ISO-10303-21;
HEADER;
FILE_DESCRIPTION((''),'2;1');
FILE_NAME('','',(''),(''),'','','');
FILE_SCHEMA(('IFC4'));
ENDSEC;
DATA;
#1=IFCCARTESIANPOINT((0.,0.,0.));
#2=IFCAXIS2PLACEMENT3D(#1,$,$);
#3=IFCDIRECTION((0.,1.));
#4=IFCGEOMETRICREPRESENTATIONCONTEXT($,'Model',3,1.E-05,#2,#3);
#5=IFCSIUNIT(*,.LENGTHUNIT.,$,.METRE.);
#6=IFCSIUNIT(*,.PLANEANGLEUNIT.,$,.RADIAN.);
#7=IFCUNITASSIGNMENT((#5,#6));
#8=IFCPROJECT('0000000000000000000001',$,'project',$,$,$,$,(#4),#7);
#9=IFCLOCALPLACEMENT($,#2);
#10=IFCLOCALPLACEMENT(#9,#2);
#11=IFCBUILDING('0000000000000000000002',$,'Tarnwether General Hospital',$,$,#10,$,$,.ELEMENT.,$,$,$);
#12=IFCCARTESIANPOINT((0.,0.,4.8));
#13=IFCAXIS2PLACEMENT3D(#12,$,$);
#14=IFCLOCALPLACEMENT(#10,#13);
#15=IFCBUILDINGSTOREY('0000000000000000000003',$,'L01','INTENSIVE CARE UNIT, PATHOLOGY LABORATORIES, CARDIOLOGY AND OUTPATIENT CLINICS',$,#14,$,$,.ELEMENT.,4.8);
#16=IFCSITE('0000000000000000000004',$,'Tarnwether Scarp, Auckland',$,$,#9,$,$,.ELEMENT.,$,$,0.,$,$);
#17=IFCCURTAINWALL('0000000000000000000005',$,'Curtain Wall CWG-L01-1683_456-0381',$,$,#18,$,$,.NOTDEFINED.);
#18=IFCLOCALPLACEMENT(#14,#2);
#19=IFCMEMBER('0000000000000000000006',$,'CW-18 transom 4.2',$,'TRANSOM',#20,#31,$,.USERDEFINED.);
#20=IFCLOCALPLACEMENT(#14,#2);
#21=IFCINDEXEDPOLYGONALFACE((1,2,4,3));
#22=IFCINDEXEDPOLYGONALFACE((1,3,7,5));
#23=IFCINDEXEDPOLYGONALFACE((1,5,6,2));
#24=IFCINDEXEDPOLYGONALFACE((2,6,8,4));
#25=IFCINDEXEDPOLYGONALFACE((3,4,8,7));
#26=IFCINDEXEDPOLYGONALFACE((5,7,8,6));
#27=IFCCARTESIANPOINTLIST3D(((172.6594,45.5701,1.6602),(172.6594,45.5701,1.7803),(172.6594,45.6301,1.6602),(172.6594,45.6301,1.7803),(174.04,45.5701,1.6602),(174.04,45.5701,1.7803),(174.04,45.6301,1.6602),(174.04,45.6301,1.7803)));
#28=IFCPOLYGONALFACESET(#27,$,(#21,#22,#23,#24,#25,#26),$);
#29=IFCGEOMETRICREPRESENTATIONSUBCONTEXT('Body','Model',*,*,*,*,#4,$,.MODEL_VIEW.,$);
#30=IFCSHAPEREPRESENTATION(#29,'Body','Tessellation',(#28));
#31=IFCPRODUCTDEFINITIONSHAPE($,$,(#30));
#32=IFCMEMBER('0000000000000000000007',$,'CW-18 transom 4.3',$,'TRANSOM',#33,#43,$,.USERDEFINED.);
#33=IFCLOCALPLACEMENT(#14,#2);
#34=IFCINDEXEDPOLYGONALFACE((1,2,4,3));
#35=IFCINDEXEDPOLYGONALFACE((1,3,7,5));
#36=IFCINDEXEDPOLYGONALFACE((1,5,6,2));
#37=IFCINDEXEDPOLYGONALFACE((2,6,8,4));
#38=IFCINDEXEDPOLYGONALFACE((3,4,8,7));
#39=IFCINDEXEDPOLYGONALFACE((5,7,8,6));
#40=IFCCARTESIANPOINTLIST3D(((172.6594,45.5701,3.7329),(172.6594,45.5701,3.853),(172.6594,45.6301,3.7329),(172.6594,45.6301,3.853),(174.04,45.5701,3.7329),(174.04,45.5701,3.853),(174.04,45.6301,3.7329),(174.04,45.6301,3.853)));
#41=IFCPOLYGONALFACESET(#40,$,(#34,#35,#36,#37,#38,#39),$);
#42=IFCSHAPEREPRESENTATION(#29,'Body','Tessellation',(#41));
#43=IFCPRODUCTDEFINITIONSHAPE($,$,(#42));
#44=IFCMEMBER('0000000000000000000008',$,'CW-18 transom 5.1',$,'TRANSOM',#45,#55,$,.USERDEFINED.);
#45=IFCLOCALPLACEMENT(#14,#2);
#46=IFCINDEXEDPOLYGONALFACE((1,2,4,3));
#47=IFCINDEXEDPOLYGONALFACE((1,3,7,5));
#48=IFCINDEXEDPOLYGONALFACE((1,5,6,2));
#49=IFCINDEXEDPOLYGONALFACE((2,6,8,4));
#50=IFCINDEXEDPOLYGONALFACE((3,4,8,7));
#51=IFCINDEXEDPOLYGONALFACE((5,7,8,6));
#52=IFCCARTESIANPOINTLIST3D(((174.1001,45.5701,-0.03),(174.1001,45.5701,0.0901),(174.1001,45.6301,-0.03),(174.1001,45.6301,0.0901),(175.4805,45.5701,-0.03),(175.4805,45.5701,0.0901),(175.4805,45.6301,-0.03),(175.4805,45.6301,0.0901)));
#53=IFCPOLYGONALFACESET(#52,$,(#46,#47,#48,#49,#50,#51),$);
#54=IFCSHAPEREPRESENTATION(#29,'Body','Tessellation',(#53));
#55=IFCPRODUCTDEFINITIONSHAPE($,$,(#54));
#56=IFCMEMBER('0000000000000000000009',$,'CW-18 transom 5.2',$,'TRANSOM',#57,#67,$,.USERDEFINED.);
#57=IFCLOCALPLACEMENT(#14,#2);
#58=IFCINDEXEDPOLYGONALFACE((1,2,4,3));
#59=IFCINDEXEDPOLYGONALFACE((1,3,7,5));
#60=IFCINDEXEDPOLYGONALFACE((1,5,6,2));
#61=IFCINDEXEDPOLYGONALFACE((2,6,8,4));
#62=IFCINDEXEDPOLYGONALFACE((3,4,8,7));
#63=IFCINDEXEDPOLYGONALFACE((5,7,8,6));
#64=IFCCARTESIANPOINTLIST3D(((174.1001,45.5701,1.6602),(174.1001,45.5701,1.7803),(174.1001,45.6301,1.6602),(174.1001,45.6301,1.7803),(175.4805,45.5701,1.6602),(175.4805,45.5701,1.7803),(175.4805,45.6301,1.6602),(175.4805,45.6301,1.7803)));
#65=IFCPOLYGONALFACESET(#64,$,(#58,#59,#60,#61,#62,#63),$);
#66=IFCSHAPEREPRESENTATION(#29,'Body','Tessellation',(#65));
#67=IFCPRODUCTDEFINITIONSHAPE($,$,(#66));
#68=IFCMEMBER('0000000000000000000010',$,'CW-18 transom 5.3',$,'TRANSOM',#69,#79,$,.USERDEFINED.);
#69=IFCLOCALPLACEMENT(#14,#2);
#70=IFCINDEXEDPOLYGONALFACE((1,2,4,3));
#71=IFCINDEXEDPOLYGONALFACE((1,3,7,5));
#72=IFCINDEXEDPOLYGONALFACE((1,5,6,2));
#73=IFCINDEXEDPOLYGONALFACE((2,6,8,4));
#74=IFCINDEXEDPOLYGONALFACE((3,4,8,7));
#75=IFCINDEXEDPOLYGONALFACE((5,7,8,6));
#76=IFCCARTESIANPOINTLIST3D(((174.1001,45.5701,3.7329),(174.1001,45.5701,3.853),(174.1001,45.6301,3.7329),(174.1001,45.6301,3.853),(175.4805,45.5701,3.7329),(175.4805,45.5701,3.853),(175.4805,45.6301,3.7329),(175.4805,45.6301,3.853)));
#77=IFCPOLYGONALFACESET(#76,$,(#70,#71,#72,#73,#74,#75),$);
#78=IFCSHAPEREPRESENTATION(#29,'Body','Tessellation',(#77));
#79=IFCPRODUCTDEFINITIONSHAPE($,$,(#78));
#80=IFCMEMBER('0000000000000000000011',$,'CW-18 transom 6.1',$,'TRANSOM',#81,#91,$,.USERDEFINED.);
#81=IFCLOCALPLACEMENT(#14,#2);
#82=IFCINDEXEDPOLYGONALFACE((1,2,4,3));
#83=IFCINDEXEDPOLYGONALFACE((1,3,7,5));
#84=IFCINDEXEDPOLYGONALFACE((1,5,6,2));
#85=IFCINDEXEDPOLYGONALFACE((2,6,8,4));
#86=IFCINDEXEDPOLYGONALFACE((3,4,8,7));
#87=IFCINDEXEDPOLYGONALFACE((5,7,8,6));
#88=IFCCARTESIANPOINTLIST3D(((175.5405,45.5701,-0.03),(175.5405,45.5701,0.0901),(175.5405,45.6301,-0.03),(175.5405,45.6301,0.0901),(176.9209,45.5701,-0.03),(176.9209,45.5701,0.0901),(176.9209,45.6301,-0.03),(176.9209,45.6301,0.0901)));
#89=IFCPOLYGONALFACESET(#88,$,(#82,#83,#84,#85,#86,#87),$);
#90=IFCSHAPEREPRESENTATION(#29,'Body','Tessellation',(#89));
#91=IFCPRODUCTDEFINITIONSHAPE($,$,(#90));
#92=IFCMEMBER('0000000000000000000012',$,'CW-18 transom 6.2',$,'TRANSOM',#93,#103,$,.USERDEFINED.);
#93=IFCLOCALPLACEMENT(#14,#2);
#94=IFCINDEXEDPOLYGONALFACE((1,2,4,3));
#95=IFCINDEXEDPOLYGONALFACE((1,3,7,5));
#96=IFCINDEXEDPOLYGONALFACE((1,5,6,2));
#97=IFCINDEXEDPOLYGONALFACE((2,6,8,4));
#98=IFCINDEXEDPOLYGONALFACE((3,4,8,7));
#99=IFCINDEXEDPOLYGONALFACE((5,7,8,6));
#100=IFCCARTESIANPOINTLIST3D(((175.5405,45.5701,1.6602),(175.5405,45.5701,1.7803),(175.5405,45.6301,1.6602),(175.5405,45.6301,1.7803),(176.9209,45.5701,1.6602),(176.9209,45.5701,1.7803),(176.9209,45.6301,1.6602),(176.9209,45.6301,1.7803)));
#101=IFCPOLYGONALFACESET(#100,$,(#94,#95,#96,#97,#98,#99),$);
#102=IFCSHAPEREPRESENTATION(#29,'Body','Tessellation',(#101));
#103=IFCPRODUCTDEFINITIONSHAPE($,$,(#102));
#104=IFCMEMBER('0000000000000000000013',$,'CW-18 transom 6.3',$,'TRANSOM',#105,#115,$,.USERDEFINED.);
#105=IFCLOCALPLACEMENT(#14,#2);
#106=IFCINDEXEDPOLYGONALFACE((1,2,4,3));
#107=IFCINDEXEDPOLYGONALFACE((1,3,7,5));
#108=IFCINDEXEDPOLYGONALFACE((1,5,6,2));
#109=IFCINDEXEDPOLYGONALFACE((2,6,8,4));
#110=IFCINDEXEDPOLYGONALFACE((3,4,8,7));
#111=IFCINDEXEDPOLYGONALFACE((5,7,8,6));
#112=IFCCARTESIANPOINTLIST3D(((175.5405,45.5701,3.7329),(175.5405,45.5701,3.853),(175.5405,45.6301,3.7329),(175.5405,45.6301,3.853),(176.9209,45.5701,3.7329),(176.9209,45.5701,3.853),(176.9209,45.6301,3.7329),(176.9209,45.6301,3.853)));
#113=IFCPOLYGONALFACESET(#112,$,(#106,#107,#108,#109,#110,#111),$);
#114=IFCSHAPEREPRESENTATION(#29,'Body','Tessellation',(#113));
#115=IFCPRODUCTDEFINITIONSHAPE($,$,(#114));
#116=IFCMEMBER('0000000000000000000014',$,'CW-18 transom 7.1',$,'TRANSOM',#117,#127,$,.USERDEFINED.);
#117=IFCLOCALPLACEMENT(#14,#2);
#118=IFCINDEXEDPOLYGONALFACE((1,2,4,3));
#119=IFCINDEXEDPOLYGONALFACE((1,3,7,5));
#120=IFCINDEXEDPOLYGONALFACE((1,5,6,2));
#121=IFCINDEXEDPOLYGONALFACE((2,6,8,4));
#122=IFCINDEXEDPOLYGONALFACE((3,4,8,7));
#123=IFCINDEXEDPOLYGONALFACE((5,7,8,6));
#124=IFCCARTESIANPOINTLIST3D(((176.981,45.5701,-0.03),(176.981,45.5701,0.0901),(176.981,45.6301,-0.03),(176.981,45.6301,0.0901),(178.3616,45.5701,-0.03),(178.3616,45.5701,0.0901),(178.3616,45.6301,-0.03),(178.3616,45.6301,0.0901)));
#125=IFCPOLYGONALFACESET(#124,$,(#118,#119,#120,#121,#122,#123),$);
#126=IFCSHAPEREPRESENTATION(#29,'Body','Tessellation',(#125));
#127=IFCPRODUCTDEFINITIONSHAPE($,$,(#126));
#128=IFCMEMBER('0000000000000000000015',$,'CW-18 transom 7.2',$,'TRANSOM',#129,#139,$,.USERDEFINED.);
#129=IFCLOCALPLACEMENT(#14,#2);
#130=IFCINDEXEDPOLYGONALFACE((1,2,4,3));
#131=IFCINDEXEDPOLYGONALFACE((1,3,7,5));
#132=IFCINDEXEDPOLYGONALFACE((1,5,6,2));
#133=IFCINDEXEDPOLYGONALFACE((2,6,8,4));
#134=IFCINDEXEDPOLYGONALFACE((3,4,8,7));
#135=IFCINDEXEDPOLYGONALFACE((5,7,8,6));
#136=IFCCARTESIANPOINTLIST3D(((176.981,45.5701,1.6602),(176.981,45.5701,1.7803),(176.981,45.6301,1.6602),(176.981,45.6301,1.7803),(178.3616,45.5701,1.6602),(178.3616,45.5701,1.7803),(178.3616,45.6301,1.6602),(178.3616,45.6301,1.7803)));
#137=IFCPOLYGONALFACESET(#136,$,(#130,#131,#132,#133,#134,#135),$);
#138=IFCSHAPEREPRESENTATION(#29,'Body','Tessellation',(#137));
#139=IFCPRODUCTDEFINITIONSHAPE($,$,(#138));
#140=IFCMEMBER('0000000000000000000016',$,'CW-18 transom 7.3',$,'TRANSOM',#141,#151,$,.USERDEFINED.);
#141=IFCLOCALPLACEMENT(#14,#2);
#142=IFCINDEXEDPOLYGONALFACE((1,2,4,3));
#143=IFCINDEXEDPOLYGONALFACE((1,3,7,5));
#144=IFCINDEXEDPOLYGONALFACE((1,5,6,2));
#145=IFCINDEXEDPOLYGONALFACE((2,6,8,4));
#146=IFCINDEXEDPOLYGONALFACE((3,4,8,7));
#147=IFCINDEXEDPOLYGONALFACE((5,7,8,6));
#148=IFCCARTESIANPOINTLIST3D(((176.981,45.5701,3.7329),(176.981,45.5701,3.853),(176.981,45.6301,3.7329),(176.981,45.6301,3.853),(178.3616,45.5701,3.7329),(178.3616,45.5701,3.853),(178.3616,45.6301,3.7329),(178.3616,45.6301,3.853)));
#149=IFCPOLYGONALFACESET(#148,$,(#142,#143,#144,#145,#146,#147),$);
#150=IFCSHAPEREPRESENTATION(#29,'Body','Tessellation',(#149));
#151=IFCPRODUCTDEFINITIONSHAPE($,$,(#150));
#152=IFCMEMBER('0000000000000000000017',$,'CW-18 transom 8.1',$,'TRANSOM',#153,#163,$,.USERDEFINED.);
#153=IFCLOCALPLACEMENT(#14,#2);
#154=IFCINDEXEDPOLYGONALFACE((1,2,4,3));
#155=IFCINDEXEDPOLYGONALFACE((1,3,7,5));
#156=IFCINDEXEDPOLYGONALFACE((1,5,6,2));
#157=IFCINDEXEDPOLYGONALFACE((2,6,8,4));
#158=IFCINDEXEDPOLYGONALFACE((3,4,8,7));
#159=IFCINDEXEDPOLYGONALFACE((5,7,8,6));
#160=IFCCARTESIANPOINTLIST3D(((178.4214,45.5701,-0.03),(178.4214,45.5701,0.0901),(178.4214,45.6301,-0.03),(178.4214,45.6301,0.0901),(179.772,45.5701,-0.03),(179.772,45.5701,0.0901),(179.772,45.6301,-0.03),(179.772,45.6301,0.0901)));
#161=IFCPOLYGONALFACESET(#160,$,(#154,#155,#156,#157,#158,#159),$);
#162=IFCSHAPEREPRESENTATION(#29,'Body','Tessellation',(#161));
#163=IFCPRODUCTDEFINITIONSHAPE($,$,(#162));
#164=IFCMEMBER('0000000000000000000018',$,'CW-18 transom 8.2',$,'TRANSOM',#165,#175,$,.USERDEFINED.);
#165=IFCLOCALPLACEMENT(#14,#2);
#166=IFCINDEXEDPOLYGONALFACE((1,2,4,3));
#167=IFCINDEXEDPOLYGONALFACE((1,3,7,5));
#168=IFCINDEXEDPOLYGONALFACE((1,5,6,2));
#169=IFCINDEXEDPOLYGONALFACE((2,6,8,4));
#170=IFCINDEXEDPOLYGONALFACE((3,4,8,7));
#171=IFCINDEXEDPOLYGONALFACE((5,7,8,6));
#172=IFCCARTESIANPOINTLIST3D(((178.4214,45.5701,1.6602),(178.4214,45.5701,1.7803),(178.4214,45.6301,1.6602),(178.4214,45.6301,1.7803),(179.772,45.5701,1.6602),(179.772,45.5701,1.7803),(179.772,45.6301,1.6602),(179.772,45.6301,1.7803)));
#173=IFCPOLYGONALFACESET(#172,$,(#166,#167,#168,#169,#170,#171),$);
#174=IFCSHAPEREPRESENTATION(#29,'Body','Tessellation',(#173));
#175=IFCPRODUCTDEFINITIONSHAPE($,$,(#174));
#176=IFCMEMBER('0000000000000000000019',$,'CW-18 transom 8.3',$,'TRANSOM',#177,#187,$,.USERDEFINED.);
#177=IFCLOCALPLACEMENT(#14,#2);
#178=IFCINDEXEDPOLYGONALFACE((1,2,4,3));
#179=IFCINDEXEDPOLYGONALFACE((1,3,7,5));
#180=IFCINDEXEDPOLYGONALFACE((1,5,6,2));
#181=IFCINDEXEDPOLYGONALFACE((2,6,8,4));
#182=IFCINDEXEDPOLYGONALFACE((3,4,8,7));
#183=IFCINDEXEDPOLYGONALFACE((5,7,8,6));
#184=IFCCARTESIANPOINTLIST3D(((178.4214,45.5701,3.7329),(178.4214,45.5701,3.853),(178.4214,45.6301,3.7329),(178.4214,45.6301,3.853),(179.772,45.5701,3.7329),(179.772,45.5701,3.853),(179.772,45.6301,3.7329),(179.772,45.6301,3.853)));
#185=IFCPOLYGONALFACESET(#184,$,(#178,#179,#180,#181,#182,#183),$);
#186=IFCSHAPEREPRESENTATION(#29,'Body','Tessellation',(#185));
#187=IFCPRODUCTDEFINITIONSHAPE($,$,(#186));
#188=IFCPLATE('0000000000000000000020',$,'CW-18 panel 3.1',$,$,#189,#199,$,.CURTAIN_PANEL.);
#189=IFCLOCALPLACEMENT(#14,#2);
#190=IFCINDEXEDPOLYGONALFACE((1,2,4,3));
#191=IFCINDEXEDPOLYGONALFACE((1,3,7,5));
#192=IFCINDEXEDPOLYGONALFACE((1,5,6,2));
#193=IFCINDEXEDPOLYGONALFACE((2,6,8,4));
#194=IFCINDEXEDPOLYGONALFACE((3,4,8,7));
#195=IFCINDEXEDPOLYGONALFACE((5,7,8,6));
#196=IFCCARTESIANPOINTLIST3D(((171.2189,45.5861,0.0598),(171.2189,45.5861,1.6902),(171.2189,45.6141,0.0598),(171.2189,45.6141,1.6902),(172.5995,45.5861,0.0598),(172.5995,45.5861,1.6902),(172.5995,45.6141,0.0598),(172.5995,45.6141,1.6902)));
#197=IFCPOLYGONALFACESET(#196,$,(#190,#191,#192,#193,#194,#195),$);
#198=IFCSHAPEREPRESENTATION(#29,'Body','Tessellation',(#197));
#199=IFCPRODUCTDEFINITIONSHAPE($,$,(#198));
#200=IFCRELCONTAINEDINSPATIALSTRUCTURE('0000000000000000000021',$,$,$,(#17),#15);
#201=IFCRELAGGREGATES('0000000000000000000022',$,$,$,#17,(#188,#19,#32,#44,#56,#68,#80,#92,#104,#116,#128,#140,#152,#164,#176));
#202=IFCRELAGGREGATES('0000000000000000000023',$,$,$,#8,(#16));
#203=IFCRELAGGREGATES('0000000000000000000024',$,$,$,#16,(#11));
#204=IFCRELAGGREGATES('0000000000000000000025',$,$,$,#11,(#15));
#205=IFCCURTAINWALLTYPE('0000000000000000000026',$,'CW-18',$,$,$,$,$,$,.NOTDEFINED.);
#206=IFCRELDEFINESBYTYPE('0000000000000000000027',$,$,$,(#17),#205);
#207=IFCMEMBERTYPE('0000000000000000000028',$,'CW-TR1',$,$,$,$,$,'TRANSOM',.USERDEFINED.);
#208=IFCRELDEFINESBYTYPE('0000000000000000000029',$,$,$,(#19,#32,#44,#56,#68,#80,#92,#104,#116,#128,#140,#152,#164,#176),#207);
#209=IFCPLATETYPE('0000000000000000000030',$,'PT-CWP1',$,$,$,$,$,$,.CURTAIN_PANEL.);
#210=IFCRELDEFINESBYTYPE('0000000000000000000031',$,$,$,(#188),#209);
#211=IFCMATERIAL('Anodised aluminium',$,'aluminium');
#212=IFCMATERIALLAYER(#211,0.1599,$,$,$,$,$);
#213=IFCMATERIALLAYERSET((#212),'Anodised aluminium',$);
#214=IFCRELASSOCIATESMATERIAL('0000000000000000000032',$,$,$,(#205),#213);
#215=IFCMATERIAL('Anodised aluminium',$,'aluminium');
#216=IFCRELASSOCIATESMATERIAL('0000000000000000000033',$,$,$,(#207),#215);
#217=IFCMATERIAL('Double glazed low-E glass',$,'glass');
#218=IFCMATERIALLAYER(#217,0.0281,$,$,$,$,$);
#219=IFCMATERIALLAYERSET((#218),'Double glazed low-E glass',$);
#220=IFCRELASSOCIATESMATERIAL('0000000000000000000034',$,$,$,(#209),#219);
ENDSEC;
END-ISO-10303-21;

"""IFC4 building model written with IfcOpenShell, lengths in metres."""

from ifc_helpers import new_model, si_unit, direction, frame, origin, origin_2d, place, context, subcontext, project, spatial, rectangle, extrude, material, layer, layer_set, material_profile, profile_set, type_object, element, aggregate, save


model = new_model("IFC4")

# Units and contexts
model_context = context("Model", 3, precision=1e-05, world=origin(), true_north=direction((0.0, 1.0)))
body_context = subcontext(model_context, "Body", "Model", "MODEL_VIEW")
ifc_project = project(units=[si_unit("LENGTHUNIT", "METRE"), si_unit("PLANEANGLEUNIT", "RADIAN")], contexts=[model_context])

# Site, building, storey
site_placement = place(None, origin())
site = spatial("IfcSite", under=ifc_project, at=site_placement, Name="Tarnwether Scarp, Auckland", CompositionType="ELEMENT", RefElevation=0.0)
building_placement = place(site_placement, origin())
building = spatial("IfcBuilding", under=site, at=building_placement, Name="Tarnwether General Hospital", CompositionType="ELEMENT")
storey_placement = place(building_placement, frame((0.0, 0.0, 4.8)))
storey = spatial("IfcBuildingStorey", under=building, at=storey_placement, Name="L01", Description="INTENSIVE CARE UNIT, PATHOLOGY LABORATORIES, CARDIOLOGY AND OUTPATIENT CLINICS", CompositionType="ELEMENT", Elevation=4.8)

# Curtain wall, members, plate
ifc_material_1 = material(Name="Anodised aluminium", Category="aluminium")
ifc_layer_1 = layer(ifc_material_1, 0.1599)
ifc_layer_set_1 = layer_set([ifc_layer_1], Name="Anodised aluminium")
curtain_wall_type = type_object("IfcCurtainWallType", Name="CW-18", PredefinedType="NOTDEFINED", material=ifc_layer_set_1)
curtain_wall_placement = place(storey_placement, origin())
curtain_wall = element("IfcCurtainWall", 1, at=curtain_wall_placement, inside=storey, type_object=curtain_wall_type, Name="Curtain Wall CWG-L01-1683_456-0381", PredefinedType="NOTDEFINED")
ifc_material_2 = material(Name="Anodised aluminium", Category="aluminium")
ifc_material_profile_1 = material_profile(ifc_material_2, rectangle(XDim=0.0601, YDim=0.1201, at=origin_2d()), Name="ALU-TRN-60x120")
ifc_profile_set_1 = profile_set([ifc_material_profile_1], Name="Anodised aluminium")
member_type_1 = type_object("IfcMemberType", Name="CW-TR1", ElementType="TRANSOM", PredefinedType="USERDEFINED", material=ifc_profile_set_1)
member_1_placement = place(storey_placement, frame((172.6594, 45.6001, 1.7202), z_axis=(1.0, 0.0, 0.0), x_axis=(0.0, 1.0, 0.0)))
member_1 = element("IfcMember", 2, at=member_1_placement, type_object=member_type_1, Name="CW-18 transom 4.2", ObjectType="TRANSOM", PredefinedType="USERDEFINED", context=body_context, shape_type="SweptSolid", body=[
    extrude(rectangle(XDim=0.0601, YDim=0.1201, at=origin_2d()), origin(), (0.0, 0.0, 1.0), 1.3806),
])
member_2_placement = place(storey_placement, frame((172.6594, 45.6001, 3.793), z_axis=(1.0, 0.0, 0.0), x_axis=(0.0, 1.0, 0.0)))
member_2 = element("IfcMember", 3, at=member_2_placement, type_object=member_type_1, Name="CW-18 transom 4.3", ObjectType="TRANSOM", PredefinedType="USERDEFINED", context=body_context, shape_type="SweptSolid", body=[
    extrude(rectangle(XDim=0.0601, YDim=0.1201, at=origin_2d()), origin(), (0.0, 0.0, 1.0), 1.3806),
])
member_3_placement = place(storey_placement, frame((174.1001, 45.6001, 0.03), z_axis=(1.0, 0.0, 0.0), x_axis=(0.0, 1.0, 0.0)))
member_3 = element("IfcMember", 4, at=member_3_placement, type_object=member_type_1, Name="CW-18 transom 5.1", ObjectType="TRANSOM", PredefinedType="USERDEFINED", context=body_context, shape_type="SweptSolid", body=[
    extrude(rectangle(XDim=0.0601, YDim=0.1201, at=origin_2d()), origin(), (0.0, 0.0, 1.0), 1.3804),
])
member_4_placement = place(storey_placement, frame((174.1001, 45.6001, 1.7202), z_axis=(1.0, 0.0, 0.0), x_axis=(0.0, 1.0, 0.0)))
member_4 = element("IfcMember", 5, at=member_4_placement, type_object=member_type_1, Name="CW-18 transom 5.2", ObjectType="TRANSOM", PredefinedType="USERDEFINED", context=body_context, shape_type="SweptSolid", body=[
    extrude(rectangle(XDim=0.0601, YDim=0.1201, at=origin_2d()), origin(), (0.0, 0.0, 1.0), 1.3804),
])
member_5_placement = place(storey_placement, frame((174.1001, 45.6001, 3.793), z_axis=(1.0, 0.0, 0.0), x_axis=(0.0, 1.0, 0.0)))
member_5 = element("IfcMember", 6, at=member_5_placement, type_object=member_type_1, Name="CW-18 transom 5.3", ObjectType="TRANSOM", PredefinedType="USERDEFINED", context=body_context, shape_type="SweptSolid", body=[
    extrude(rectangle(XDim=0.0601, YDim=0.1201, at=origin_2d()), origin(), (0.0, 0.0, 1.0), 1.3804),
])
member_6_placement = place(storey_placement, frame((175.5405, 45.6001, 0.03), z_axis=(1.0, 0.0, 0.0), x_axis=(0.0, 1.0, 0.0)))
member_6 = element("IfcMember", 7, at=member_6_placement, type_object=member_type_1, Name="CW-18 transom 6.1", ObjectType="TRANSOM", PredefinedType="USERDEFINED", context=body_context, shape_type="SweptSolid", body=[
    extrude(rectangle(XDim=0.0601, YDim=0.1201, at=origin_2d()), origin(), (0.0, 0.0, 1.0), 1.3804),
])
member_7_placement = place(storey_placement, frame((175.5405, 45.6001, 1.7202), z_axis=(1.0, 0.0, 0.0), x_axis=(0.0, 1.0, 0.0)))
member_7 = element("IfcMember", 8, at=member_7_placement, type_object=member_type_1, Name="CW-18 transom 6.2", ObjectType="TRANSOM", PredefinedType="USERDEFINED", context=body_context, shape_type="SweptSolid", body=[
    extrude(rectangle(XDim=0.0601, YDim=0.1201, at=origin_2d()), origin(), (0.0, 0.0, 1.0), 1.3804),
])
member_8_placement = place(storey_placement, frame((175.5405, 45.6001, 3.793), z_axis=(1.0, 0.0, 0.0), x_axis=(0.0, 1.0, 0.0)))
member_8 = element("IfcMember", 9, at=member_8_placement, type_object=member_type_1, Name="CW-18 transom 6.3", ObjectType="TRANSOM", PredefinedType="USERDEFINED", context=body_context, shape_type="SweptSolid", body=[
    extrude(rectangle(XDim=0.0601, YDim=0.1201, at=origin_2d()), origin(), (0.0, 0.0, 1.0), 1.3804),
])
member_9_placement = place(storey_placement, frame((176.981, 45.6001, 0.03), z_axis=(1.0, 0.0, 0.0), x_axis=(0.0, 1.0, 0.0)))
member_9 = element("IfcMember", 10, at=member_9_placement, type_object=member_type_1, Name="CW-18 transom 7.1", ObjectType="TRANSOM", PredefinedType="USERDEFINED", context=body_context, shape_type="SweptSolid", body=[
    extrude(rectangle(XDim=0.0601, YDim=0.1201, at=origin_2d()), origin(), (0.0, 0.0, 1.0), 1.3806),
])
member_10_placement = place(storey_placement, frame((176.981, 45.6001, 1.7202), z_axis=(1.0, 0.0, 0.0), x_axis=(0.0, 1.0, 0.0)))
member_10 = element("IfcMember", 11, at=member_10_placement, type_object=member_type_1, Name="CW-18 transom 7.2", ObjectType="TRANSOM", PredefinedType="USERDEFINED", context=body_context, shape_type="SweptSolid", body=[
    extrude(rectangle(XDim=0.0601, YDim=0.1201, at=origin_2d()), origin(), (0.0, 0.0, 1.0), 1.3806),
])
member_11_placement = place(storey_placement, frame((176.981, 45.6001, 3.793), z_axis=(1.0, 0.0, 0.0), x_axis=(0.0, 1.0, 0.0)))
member_11 = element("IfcMember", 12, at=member_11_placement, type_object=member_type_1, Name="CW-18 transom 7.3", ObjectType="TRANSOM", PredefinedType="USERDEFINED", context=body_context, shape_type="SweptSolid", body=[
    extrude(rectangle(XDim=0.0601, YDim=0.1201, at=origin_2d()), origin(), (0.0, 0.0, 1.0), 1.3806),
])
member_12_placement = place(storey_placement, frame((178.4214, 45.6001, 0.03), z_axis=(1.0, 0.0, 0.0), x_axis=(0.0, 1.0, 0.0)))
member_12 = element("IfcMember", 13, at=member_12_placement, type_object=member_type_1, Name="CW-18 transom 8.1", ObjectType="TRANSOM", PredefinedType="USERDEFINED", context=body_context, shape_type="SweptSolid", body=[
    extrude(rectangle(XDim=0.0601, YDim=0.1201, at=origin_2d()), origin(), (0.0, 0.0, 1.0), 1.3506),
])
member_13_placement = place(storey_placement, frame((178.4214, 45.6001, 1.7202), z_axis=(1.0, 0.0, 0.0), x_axis=(0.0, 1.0, 0.0)))
member_13 = element("IfcMember", 14, at=member_13_placement, type_object=member_type_1, Name="CW-18 transom 8.2", ObjectType="TRANSOM", PredefinedType="USERDEFINED", context=body_context, shape_type="SweptSolid", body=[
    extrude(rectangle(XDim=0.0601, YDim=0.1201, at=origin_2d()), origin(), (0.0, 0.0, 1.0), 1.3506),
])
member_14_placement = place(storey_placement, frame((178.4214, 45.6001, 3.793), z_axis=(1.0, 0.0, 0.0), x_axis=(0.0, 1.0, 0.0)))
member_14 = element("IfcMember", 15, at=member_14_placement, type_object=member_type_1, Name="CW-18 transom 8.3", ObjectType="TRANSOM", PredefinedType="USERDEFINED", context=body_context, shape_type="SweptSolid", body=[
    extrude(rectangle(XDim=0.0601, YDim=0.1201, at=origin_2d()), origin(), (0.0, 0.0, 1.0), 1.3506),
])
ifc_material_3 = material(Name="Double glazed low-E glass", Category="glass")
ifc_layer_2 = layer(ifc_material_3, 0.0281)
ifc_layer_set_2 = layer_set([ifc_layer_2], Name="Double glazed low-E glass")
plate_type = type_object("IfcPlateType", Name="PT-CWP1", PredefinedType="CURTAIN_PANEL", material=ifc_layer_set_2)
plate_1_placement = place(storey_placement, frame((171.9092, 45.6001, 0.0598), z_axis=(0.0, 0.0, 1.0), x_axis=(1.0, 0.0, 0.0)))
plate_1 = element("IfcPlate", 16, at=plate_1_placement, type_object=plate_type, Name="CW-18 panel 3.1", PredefinedType="CURTAIN_PANEL", context=body_context, shape_type="SweptSolid", body=[
    extrude(rectangle(XDim=1.3806, YDim=0.0281, at=origin_2d()), origin(), (0.0, 0.0, 1.0), 1.6304),
])
aggregate(curtain_wall, [plate_1, member_1, member_2, member_3, member_4, member_5, member_6, member_7, member_8, member_9, member_10, member_11, member_12, member_13, member_14])

save(model, "model.ifc")
